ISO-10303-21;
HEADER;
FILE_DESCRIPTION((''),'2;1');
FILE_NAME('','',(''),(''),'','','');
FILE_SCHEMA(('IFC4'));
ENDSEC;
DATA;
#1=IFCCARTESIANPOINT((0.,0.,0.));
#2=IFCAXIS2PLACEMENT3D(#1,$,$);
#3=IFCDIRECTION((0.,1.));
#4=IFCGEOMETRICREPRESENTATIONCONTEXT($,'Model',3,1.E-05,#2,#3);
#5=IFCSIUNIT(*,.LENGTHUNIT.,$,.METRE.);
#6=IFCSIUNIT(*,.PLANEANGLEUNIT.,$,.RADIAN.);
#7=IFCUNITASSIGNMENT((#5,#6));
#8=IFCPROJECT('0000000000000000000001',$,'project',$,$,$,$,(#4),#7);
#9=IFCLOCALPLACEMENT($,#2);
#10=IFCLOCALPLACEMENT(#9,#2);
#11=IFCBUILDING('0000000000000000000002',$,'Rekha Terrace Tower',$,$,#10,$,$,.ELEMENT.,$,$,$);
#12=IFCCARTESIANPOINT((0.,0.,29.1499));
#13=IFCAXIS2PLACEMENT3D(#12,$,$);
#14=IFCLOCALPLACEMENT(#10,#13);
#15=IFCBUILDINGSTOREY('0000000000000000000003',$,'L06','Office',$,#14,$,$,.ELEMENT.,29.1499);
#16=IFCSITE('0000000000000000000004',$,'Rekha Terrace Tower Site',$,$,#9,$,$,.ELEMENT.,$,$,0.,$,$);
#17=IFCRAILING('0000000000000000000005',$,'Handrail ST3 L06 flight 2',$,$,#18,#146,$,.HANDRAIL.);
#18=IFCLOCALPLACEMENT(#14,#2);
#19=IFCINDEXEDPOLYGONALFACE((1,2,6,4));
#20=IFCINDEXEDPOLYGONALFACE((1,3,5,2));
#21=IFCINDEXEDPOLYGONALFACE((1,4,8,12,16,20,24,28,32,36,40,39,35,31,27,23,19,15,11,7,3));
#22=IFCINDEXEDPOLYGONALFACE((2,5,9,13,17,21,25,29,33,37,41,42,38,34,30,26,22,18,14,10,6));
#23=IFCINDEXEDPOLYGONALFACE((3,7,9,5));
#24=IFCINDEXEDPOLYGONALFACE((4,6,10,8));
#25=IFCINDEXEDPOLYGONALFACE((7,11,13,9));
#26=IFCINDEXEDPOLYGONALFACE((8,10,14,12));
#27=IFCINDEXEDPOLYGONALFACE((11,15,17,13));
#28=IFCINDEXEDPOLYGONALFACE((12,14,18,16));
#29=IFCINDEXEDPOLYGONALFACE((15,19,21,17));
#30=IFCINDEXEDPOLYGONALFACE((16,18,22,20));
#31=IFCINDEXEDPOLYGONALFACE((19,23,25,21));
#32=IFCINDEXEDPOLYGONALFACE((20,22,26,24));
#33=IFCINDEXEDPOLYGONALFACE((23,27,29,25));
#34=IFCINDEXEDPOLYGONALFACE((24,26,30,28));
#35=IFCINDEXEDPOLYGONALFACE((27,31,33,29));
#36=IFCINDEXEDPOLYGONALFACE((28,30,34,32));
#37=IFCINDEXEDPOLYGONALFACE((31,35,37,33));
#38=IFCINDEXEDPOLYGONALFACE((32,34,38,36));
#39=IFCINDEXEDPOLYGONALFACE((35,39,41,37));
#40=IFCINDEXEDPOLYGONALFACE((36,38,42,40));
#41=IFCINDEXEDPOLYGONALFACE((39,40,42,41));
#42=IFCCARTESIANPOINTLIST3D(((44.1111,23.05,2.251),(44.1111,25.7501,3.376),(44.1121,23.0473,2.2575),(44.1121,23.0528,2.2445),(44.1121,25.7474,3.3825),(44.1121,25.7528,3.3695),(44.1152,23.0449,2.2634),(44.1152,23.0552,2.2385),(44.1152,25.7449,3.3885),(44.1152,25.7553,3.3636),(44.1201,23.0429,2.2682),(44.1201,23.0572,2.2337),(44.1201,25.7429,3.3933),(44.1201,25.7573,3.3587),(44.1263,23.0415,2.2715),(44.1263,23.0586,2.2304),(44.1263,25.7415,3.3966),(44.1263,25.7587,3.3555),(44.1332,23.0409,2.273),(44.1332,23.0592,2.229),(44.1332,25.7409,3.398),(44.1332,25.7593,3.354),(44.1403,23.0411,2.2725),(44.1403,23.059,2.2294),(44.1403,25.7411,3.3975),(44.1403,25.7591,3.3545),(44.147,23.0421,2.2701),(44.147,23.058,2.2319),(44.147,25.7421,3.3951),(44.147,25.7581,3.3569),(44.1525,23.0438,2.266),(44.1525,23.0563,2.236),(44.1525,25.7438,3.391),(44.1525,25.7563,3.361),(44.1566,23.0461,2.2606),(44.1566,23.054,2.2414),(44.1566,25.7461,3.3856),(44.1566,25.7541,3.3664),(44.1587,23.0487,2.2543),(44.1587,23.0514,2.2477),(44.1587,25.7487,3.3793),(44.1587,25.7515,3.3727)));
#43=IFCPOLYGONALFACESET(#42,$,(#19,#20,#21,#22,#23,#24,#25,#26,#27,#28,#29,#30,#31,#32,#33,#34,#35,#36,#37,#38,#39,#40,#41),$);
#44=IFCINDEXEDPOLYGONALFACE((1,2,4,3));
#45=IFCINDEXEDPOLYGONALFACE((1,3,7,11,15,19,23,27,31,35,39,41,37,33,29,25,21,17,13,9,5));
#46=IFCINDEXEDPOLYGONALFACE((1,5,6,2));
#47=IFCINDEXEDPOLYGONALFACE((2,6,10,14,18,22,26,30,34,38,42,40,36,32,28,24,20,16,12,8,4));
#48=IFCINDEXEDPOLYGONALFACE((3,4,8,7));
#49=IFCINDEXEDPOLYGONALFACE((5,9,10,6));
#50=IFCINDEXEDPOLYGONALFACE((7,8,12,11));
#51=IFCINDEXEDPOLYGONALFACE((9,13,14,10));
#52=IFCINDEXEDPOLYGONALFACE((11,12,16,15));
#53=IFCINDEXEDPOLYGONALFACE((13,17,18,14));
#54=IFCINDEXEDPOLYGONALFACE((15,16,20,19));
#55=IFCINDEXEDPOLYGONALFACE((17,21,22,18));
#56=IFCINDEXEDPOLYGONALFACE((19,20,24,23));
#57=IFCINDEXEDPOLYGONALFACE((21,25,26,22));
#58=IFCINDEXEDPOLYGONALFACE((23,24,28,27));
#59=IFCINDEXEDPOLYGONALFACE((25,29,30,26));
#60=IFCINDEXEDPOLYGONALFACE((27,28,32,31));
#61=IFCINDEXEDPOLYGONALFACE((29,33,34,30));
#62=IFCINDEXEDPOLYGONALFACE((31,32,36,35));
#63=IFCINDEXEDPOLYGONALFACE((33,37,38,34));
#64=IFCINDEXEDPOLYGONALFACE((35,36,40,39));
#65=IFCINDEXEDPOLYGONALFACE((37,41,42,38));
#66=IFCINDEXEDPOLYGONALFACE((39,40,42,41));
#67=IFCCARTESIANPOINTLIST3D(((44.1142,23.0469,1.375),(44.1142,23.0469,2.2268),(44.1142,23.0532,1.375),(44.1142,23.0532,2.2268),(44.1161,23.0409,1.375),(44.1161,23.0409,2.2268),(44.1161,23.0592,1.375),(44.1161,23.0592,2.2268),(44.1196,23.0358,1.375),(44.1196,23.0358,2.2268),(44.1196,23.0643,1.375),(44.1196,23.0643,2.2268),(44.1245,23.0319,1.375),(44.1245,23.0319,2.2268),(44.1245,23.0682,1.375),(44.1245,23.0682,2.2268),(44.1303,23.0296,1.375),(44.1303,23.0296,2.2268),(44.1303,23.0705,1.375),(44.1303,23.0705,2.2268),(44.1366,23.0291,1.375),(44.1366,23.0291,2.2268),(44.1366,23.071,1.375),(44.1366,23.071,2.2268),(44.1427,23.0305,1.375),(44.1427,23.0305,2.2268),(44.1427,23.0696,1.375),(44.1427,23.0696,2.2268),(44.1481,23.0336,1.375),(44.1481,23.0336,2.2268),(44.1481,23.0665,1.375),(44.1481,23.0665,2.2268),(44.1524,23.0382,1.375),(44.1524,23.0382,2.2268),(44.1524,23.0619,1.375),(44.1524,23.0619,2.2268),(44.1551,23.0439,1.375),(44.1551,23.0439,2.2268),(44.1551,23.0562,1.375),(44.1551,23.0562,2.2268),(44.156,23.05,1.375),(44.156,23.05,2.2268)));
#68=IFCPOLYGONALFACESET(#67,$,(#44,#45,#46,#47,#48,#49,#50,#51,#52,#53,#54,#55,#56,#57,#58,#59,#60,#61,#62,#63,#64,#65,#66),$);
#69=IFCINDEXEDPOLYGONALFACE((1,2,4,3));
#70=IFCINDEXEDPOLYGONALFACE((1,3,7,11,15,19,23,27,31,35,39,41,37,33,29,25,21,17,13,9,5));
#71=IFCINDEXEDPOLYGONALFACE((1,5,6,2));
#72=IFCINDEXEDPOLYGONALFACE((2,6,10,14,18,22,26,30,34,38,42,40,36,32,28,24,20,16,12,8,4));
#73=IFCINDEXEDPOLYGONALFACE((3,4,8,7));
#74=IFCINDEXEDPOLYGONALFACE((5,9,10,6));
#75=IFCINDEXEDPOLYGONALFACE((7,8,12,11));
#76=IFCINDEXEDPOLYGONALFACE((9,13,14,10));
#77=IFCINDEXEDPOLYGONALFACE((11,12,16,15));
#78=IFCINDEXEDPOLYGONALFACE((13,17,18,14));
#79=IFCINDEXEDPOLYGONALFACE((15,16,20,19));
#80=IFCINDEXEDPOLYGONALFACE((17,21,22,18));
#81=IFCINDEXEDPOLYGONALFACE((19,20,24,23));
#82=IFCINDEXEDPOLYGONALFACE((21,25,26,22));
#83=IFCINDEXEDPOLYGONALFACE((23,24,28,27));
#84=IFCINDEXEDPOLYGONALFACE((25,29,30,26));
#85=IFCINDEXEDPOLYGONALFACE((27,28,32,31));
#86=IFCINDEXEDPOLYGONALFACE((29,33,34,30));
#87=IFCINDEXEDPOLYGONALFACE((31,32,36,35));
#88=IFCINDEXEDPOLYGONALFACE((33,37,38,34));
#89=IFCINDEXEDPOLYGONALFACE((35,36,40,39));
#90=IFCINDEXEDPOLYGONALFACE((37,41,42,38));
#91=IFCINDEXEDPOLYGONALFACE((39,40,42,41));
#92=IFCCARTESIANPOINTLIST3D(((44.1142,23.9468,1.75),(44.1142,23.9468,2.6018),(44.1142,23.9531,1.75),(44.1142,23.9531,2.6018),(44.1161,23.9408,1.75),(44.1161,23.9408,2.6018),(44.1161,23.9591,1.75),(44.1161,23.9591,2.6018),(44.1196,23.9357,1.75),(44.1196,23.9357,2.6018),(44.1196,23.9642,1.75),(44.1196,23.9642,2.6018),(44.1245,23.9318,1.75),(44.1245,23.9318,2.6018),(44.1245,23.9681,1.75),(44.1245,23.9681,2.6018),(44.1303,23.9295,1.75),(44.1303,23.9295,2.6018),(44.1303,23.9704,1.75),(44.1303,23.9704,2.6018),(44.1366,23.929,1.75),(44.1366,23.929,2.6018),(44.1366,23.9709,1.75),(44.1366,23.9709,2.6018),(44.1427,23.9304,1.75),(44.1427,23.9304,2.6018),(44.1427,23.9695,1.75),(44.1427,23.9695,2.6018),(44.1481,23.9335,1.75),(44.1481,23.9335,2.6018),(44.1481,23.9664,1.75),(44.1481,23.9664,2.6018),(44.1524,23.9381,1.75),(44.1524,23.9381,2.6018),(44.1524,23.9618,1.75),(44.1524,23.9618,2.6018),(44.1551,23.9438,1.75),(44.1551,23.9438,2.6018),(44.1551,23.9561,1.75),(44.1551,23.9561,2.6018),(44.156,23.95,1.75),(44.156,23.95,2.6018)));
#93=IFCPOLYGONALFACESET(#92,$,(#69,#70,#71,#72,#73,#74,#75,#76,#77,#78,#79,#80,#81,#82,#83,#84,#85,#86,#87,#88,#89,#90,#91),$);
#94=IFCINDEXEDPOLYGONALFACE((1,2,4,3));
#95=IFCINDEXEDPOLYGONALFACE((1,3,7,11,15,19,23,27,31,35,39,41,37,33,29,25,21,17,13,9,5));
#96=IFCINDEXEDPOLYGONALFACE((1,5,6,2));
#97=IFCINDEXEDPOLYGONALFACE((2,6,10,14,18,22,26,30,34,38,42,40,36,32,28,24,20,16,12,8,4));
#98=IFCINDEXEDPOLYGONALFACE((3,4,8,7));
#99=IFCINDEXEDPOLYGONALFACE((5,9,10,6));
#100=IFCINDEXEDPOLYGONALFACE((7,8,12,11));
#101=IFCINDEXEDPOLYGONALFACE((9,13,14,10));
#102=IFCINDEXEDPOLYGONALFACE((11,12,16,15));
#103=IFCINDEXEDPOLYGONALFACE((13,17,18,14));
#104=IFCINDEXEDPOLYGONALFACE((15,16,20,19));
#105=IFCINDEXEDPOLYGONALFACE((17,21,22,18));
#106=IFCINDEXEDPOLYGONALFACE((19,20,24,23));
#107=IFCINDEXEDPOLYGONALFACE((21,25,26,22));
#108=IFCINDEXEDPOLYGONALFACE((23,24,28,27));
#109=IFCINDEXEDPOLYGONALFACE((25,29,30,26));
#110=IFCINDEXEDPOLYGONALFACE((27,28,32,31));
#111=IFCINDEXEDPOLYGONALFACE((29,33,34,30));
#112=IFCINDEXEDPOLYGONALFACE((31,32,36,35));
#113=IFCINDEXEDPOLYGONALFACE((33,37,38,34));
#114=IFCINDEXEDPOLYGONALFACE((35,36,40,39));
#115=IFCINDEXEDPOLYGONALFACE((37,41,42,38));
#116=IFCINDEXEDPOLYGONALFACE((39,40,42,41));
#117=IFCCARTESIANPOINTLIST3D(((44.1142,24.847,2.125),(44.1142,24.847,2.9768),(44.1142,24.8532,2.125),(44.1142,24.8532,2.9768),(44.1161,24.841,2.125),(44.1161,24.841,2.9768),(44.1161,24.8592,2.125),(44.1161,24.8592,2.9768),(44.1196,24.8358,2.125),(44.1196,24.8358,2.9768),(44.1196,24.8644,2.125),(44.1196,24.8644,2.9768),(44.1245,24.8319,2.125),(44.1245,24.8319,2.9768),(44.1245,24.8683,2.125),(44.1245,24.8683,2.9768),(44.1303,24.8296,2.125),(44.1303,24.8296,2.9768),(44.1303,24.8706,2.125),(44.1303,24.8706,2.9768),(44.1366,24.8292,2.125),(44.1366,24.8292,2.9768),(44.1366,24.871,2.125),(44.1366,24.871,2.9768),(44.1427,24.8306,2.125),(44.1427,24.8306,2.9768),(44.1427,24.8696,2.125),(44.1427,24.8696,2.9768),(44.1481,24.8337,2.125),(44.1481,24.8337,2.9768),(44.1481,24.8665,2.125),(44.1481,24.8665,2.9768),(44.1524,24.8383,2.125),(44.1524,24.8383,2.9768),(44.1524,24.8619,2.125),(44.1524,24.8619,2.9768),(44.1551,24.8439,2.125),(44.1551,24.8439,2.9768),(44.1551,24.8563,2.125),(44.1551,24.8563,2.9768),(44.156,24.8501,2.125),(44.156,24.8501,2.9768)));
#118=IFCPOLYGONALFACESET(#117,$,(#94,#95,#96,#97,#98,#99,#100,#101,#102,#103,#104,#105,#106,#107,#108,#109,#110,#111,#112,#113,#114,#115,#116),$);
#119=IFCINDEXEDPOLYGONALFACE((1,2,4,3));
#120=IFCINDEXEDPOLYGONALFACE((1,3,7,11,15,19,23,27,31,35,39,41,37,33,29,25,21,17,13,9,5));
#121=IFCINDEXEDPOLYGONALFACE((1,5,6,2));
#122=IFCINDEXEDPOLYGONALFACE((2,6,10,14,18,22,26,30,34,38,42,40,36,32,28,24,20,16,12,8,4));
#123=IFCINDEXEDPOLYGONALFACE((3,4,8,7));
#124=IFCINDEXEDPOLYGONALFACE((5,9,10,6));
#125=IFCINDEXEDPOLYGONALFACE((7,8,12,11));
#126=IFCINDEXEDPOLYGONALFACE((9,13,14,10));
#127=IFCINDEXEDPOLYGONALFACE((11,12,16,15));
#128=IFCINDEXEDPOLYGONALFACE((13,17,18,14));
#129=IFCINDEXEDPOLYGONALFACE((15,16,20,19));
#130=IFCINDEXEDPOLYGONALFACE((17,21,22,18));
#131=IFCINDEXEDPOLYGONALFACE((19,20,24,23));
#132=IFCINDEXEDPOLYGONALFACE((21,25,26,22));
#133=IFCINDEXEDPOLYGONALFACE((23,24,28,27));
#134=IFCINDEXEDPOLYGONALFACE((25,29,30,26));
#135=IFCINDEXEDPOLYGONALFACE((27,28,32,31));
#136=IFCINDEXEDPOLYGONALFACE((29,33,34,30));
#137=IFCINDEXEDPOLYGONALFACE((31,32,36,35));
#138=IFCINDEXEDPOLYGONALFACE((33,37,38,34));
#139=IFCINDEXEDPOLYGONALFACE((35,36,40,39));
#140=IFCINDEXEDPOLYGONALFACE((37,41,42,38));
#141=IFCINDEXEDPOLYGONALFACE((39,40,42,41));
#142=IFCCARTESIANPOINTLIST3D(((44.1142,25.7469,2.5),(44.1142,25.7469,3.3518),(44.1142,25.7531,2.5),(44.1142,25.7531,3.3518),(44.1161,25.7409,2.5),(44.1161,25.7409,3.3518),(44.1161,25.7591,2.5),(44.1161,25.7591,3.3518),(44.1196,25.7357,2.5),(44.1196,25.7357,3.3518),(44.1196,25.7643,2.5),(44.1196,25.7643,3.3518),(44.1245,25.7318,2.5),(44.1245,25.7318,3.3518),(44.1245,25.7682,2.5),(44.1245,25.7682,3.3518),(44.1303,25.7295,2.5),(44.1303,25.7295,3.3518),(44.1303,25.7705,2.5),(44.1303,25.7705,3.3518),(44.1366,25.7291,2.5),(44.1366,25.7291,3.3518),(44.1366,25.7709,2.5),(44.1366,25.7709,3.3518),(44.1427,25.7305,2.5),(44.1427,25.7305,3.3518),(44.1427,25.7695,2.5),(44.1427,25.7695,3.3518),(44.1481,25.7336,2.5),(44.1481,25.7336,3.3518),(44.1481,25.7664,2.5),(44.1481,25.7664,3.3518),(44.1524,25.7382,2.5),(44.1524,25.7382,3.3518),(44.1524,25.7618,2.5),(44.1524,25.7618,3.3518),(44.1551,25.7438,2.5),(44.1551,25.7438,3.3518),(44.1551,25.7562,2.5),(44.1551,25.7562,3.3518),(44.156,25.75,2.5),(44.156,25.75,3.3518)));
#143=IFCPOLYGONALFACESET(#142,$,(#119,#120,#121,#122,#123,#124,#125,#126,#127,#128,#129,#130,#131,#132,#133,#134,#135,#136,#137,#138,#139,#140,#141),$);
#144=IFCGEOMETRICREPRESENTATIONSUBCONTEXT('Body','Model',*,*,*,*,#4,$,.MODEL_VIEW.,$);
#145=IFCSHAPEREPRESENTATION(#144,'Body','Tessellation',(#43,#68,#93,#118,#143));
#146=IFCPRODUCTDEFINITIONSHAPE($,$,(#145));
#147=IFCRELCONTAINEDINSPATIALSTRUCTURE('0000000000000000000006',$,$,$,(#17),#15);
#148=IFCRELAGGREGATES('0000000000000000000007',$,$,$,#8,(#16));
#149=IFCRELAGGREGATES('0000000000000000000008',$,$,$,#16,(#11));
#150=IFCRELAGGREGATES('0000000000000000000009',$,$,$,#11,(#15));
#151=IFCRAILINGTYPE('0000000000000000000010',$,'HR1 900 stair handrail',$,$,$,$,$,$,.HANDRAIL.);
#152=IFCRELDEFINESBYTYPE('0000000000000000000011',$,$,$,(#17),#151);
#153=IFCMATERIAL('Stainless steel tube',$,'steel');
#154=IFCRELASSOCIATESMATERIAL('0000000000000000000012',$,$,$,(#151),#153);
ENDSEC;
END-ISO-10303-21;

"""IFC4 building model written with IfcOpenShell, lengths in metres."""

from ifc_helpers import new_model, si_unit, direction, frame, origin, origin_2d, place, context, subcontext, project, spatial, circle, extrude, material, type_object, element, save


model = new_model("IFC4")

# Units and contexts
model_context = context("Model", 3, precision=1e-05, world=origin(), true_north=direction((0.0, 1.0)))
body_context = subcontext(model_context, "Body", "Model", "MODEL_VIEW")
ifc_project = project(units=[si_unit("LENGTHUNIT", "METRE"), si_unit("PLANEANGLEUNIT", "RADIAN")], contexts=[model_context])

# Site, building, storey
site_placement = place(None, origin())
site = spatial("IfcSite", under=ifc_project, at=site_placement, Name="Rekha Terrace Tower Site", CompositionType="ELEMENT", RefElevation=0.0)
building_placement = place(site_placement, origin())
building = spatial("IfcBuilding", under=site, at=building_placement, Name="Rekha Terrace Tower", CompositionType="ELEMENT")
storey_placement = place(building_placement, frame((0.0, 0.0, 29.1499)))
storey = spatial("IfcBuildingStorey", under=building, at=storey_placement, Name="L06", Description="Office", CompositionType="ELEMENT", Elevation=29.1499)

# Railing
ifc_material_1 = material(Name="Stainless steel tube", Category="steel")
railing_type_1 = type_object("IfcRailingType", Name="HR1 900 stair handrail", PredefinedType="HANDRAIL", material=ifc_material_1)
railing_1_placement = place(storey_placement, frame((44.135, 23.05, 1.375)))
element("IfcRailing", 1, at=railing_1_placement, inside=storey, type_object=railing_type_1, Name="Handrail ST3 L06 flight 2", PredefinedType="HANDRAIL", context=body_context, shape_type="SweptSolid", body=[
    extrude(circle(Radius=0.0239, at=origin_2d()), frame((0.0, 0.0, 0.876), z_axis=(0.0, 0.923074, 0.384621), x_axis=(-1.0, 0.0, 0.0)), (0.0, 0.0, 1.0), 2.925),
    extrude(circle(Radius=0.021, at=origin_2d()), origin(), (0.0, 0.0, 1.0), 0.8518),
    extrude(circle(Radius=0.021, at=origin_2d()), frame((0.0, 0.8999, 0.375)), (0.0, 0.0, 1.0), 0.8518),
    extrude(circle(Radius=0.021, at=origin_2d()), frame((0.0, 1.8, 0.75)), (0.0, 0.0, 1.0), 0.8518),
    extrude(circle(Radius=0.021, at=origin_2d()), frame((0.0, 2.7, 1.125)), (0.0, 0.0, 1.0), 0.8518),
])

save(model, "model.ifc")
